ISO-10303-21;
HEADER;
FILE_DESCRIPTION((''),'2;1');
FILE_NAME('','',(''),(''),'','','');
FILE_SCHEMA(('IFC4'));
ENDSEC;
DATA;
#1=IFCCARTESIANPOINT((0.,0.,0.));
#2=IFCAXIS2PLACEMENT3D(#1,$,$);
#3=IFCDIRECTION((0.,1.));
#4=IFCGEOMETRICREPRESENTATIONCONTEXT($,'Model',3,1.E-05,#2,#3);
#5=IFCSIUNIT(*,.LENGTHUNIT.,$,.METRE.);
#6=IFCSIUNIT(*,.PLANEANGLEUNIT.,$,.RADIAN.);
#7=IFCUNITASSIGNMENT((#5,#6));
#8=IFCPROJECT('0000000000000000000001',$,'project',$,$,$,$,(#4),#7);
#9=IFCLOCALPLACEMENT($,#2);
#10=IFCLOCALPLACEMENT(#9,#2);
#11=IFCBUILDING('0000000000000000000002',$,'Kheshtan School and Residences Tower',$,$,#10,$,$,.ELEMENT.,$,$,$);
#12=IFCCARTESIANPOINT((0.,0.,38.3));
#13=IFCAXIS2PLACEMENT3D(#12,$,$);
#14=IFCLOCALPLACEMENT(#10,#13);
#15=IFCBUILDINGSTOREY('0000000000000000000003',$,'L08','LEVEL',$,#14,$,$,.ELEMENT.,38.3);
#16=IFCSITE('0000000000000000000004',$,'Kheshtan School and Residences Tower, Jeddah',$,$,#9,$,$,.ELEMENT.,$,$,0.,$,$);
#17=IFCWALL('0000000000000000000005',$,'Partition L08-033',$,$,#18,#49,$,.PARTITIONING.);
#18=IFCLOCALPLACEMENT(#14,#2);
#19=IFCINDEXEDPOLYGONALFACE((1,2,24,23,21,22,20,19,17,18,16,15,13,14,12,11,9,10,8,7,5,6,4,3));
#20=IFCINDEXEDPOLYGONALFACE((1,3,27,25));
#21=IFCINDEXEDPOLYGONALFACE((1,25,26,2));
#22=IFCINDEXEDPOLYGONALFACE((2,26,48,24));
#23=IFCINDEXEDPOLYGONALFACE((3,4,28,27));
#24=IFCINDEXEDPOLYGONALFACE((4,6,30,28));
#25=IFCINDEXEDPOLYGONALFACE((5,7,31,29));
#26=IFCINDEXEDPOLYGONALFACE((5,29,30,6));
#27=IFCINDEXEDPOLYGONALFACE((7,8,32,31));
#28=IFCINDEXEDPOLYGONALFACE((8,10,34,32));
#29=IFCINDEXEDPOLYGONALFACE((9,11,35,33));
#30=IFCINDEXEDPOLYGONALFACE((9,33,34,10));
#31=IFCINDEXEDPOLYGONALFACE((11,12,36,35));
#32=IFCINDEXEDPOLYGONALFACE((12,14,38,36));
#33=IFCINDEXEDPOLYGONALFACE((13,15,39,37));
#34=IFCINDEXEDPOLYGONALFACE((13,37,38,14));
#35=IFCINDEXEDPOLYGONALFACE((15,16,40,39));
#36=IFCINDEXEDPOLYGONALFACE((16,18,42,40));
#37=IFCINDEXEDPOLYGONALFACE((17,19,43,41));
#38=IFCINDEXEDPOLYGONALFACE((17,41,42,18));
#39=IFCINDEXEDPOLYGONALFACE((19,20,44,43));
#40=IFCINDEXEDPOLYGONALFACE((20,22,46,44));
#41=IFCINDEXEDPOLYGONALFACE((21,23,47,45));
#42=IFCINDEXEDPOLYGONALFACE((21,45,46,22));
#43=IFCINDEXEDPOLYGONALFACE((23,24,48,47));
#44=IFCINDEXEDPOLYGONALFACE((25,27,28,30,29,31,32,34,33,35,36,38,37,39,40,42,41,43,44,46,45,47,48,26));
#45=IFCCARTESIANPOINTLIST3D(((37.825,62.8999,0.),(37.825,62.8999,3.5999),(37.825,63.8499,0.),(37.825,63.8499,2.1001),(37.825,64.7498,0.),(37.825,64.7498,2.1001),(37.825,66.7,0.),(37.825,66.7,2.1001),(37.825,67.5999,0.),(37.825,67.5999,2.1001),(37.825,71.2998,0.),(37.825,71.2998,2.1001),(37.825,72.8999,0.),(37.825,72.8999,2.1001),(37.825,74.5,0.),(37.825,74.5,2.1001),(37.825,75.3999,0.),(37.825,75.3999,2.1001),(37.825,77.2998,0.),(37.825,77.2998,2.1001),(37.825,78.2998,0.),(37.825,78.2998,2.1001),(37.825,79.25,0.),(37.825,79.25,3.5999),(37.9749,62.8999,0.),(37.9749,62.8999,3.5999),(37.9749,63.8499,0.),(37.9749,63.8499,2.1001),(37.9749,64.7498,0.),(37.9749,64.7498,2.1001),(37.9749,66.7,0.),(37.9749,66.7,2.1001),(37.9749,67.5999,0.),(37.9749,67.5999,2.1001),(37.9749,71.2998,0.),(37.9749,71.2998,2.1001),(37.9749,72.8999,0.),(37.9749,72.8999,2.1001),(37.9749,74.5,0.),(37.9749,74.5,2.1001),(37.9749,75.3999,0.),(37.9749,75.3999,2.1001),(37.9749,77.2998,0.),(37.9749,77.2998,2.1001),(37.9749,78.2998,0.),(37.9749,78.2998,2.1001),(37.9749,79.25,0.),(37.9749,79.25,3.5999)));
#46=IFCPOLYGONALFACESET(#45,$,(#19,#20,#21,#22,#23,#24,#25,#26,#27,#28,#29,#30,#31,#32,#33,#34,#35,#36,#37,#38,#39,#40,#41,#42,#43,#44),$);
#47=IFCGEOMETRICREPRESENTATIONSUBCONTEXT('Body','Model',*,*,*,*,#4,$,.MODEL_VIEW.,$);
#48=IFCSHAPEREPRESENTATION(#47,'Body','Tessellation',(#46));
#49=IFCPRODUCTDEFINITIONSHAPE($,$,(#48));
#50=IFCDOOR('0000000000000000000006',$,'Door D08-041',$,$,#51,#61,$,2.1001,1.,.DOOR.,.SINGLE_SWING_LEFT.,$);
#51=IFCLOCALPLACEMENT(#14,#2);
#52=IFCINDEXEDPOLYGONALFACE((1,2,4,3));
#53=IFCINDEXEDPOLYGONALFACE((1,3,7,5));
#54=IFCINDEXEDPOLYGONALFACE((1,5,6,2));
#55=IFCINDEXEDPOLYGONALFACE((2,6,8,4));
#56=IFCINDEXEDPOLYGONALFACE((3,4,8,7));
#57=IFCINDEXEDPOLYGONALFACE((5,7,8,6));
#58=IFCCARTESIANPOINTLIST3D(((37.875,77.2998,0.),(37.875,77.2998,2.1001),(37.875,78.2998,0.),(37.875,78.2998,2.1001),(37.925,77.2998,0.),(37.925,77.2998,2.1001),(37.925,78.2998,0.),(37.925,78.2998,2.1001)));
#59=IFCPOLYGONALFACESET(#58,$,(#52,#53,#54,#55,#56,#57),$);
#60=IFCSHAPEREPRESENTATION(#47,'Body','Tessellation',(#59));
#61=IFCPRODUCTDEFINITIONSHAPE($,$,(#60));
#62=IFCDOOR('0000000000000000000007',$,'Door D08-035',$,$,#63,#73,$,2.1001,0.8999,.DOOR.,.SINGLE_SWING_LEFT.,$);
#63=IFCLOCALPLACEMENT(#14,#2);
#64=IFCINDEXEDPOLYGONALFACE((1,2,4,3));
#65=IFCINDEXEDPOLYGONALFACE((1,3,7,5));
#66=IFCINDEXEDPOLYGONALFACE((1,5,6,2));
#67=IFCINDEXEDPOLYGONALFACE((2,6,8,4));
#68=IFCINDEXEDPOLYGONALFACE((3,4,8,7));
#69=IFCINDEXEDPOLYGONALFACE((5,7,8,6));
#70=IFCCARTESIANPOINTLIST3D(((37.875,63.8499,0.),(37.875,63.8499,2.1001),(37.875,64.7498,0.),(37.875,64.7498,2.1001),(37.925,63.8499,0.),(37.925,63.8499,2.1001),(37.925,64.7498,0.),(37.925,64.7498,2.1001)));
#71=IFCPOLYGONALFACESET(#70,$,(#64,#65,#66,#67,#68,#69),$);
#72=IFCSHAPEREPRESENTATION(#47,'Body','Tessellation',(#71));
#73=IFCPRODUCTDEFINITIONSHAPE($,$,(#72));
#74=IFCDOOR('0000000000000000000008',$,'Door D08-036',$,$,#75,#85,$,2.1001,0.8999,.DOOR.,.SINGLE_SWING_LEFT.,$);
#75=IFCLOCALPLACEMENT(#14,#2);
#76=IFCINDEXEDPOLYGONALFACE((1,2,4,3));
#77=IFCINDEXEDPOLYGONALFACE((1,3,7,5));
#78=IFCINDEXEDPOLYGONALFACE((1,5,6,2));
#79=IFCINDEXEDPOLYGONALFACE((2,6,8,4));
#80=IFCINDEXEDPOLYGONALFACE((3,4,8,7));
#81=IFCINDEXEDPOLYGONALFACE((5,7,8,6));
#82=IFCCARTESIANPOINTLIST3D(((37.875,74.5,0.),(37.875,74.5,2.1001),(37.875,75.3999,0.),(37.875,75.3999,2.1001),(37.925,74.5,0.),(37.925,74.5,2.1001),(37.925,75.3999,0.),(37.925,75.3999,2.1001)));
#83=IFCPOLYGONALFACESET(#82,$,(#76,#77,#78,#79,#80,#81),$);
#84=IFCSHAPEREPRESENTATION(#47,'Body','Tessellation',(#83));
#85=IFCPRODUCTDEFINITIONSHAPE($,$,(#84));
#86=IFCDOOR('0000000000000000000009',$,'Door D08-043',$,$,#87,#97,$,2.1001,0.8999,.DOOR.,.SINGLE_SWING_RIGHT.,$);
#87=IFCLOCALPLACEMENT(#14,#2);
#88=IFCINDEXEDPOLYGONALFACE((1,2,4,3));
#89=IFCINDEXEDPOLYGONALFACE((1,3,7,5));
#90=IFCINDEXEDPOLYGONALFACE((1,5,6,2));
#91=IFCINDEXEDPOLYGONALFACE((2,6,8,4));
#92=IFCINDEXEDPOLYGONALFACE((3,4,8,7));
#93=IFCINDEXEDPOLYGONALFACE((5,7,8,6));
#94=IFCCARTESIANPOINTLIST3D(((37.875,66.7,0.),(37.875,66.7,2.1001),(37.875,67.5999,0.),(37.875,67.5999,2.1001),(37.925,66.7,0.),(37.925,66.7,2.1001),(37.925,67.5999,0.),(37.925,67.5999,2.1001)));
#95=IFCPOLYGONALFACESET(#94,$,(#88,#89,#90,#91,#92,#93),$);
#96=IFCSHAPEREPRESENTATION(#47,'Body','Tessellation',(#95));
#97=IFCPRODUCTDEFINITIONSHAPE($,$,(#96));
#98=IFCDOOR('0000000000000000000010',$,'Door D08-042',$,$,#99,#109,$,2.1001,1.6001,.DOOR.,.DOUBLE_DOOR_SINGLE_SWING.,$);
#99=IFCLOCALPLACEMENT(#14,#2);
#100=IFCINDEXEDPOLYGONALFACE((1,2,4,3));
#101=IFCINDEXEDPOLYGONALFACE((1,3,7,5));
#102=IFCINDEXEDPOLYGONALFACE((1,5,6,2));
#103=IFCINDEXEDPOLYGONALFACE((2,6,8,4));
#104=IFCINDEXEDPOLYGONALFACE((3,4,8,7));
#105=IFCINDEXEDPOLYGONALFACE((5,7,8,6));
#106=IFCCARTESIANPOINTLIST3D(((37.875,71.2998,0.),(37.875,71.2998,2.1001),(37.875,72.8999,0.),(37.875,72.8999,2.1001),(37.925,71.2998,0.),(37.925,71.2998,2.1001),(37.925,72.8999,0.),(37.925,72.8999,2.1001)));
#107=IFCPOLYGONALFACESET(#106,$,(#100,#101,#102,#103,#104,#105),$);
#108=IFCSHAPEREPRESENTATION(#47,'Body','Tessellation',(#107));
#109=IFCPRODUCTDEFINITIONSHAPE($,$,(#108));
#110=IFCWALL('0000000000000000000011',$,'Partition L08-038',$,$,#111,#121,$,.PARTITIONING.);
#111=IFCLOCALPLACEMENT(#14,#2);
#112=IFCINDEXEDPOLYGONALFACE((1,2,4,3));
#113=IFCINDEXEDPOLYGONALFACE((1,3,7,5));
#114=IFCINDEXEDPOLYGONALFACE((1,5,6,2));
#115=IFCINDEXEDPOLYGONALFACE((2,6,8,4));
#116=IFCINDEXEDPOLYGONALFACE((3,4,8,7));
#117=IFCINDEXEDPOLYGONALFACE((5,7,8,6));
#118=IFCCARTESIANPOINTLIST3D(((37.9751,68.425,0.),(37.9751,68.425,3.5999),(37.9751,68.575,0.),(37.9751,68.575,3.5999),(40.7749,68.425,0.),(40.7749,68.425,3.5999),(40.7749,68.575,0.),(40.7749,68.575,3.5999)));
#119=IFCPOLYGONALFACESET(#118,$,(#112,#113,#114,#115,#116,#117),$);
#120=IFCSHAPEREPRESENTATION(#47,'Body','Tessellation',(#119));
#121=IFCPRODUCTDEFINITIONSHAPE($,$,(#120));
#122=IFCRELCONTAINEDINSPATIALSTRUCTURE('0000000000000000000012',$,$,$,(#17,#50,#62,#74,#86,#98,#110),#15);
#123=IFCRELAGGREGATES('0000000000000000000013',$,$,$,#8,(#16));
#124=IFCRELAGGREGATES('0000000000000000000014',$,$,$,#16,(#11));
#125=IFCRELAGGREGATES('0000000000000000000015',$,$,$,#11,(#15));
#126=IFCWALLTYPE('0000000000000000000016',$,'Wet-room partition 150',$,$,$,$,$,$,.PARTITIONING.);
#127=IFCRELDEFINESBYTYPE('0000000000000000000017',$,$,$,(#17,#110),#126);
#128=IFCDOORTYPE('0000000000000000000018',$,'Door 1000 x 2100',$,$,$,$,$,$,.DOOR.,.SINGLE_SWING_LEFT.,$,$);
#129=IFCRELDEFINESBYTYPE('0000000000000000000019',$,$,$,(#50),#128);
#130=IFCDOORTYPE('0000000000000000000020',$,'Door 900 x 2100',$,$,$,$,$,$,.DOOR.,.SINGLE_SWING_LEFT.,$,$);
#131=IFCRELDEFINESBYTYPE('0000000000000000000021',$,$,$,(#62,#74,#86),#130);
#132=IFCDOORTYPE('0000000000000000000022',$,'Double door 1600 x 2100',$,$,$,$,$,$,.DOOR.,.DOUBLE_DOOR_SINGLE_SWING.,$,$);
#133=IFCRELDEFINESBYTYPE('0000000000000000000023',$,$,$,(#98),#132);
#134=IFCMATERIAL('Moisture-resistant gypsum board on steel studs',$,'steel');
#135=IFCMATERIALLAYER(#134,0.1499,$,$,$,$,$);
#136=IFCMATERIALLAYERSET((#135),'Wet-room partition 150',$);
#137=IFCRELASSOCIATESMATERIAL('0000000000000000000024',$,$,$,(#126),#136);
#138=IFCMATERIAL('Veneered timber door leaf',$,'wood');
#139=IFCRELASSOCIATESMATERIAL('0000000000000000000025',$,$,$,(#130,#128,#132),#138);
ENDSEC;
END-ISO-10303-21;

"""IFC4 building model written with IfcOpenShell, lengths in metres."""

from ifc_helpers import new_model, si_unit, direction, frame, frame_2d, origin, place, context, subcontext, project, spatial, rectangle, extrude, source, transform, mapped, material, layer, layer_set, type_object, element, fill, save


model = new_model("IFC4")

# Units and contexts
model_context = context("Model", 3, precision=1e-05, world=origin(), true_north=direction((0.0, 1.0)))
body_context = subcontext(model_context, "Body", "Model", "MODEL_VIEW")
ifc_project = project(units=[si_unit("LENGTHUNIT", "METRE"), si_unit("PLANEANGLEUNIT", "RADIAN")], contexts=[model_context])

# Site, building, storey
site_placement = place(None, origin())
site = spatial("IfcSite", under=ifc_project, at=site_placement, Name="Kheshtan School and Residences Tower, Jeddah", CompositionType="ELEMENT", RefElevation=0.0)
building_placement = place(site_placement, origin())
building = spatial("IfcBuilding", under=site, at=building_placement, Name="Kheshtan School and Residences Tower", CompositionType="ELEMENT")
storey_placement = place(building_placement, frame((0.0, 0.0, 38.3)))
storey = spatial("IfcBuildingStorey", under=building, at=storey_placement, Name="L08", Description="LEVEL", CompositionType="ELEMENT", Elevation=38.3)

# Shared definitions
ifc_material_1 = material(Name="Moisture-resistant gypsum board on steel studs", Category="steel")
ifc_layer_1 = layer(ifc_material_1, 0.1499)
ifc_layer_set_1 = layer_set([ifc_layer_1], Name="Wet-room partition 150")
wall_type_1 = type_object("IfcWallType", Name="Wet-room partition 150", PredefinedType="PARTITIONING", material=ifc_layer_set_1)

# Wall, openings, doors
ifc_material_2 = material(Name="Veneered timber door leaf", Category="wood")
door_type_1 = type_object("IfcDoorType", Name="Door 900 x 2100", OperationType="SINGLE_SWING_LEFT", PredefinedType="DOOR", material=ifc_material_2)
shared_shape_1 = source(origin(), body_context, "Body", "SweptSolid", [
    extrude(rectangle(XDim=0.8999, YDim=2.1001, at=frame_2d((0.45, 1.05))), frame((0.0, 0.0249, 0.0), z_axis=(0.0, -1.0, 0.0), x_axis=(1.0, 0.0, 0.0)), (0.0, 0.0, 1.0), 0.05),
])
wall_1_placement = place(storey_placement, frame((37.8999, 62.8999, 0.0), z_axis=(0.0, 0.0, 1.0), x_axis=(0.0, 1.0, 0.0)))
wall_1 = element("IfcWall", 1, at=wall_1_placement, inside=storey, type_object=wall_type_1, Name="Partition L08-033", PredefinedType="PARTITIONING", context=body_context, shape_type="SweptSolid", body=[
    extrude(rectangle(XDim=16.3501, YDim=0.1499, at=frame_2d((8.175, 0.0))), origin(), (0.0, 0.0, 1.0), 3.5999),
])
opening_1_placement = place(wall_1_placement, frame((0.95, 0.0, 0.0)))
opening_1 = element("IfcOpeningElement", 2, at=opening_1_placement, cuts=wall_1, PredefinedType="OPENING", context=body_context, shape_type="SweptSolid", body=[
    extrude(rectangle(XDim=0.8999, YDim=2.1001, at=frame_2d((0.45, 1.05))), frame((0.0, 0.085, 0.0), z_axis=(0.0, -1.0, 0.0), x_axis=(1.0, 0.0, 0.0)), (0.0, 0.0, 1.0), 0.1699),
])
opening_2_placement = place(wall_1_placement, frame((11.6001, 0.0, 0.0)))
opening_2 = element("IfcOpeningElement", 3, at=opening_2_placement, cuts=wall_1, PredefinedType="OPENING", context=body_context, shape_type="SweptSolid", body=[
    extrude(rectangle(XDim=0.8999, YDim=2.1001, at=frame_2d((0.45, 1.05))), frame((0.0, 0.085, 0.0), z_axis=(0.0, -1.0, 0.0), x_axis=(1.0, 0.0, 0.0)), (0.0, 0.0, 1.0), 0.1699),
])
opening_3_placement = place(wall_1_placement, frame((14.3999, 0.0, 0.0)))
opening_3 = element("IfcOpeningElement", 4, at=opening_3_placement, cuts=wall_1, PredefinedType="OPENING", context=body_context, shape_type="SweptSolid", body=[
    extrude(rectangle(XDim=1.0, YDim=2.1001, at=frame_2d((0.5, 1.05))), frame((0.0, 0.085, 0.0), z_axis=(0.0, -1.0, 0.0), x_axis=(1.0, 0.0, 0.0)), (0.0, 0.0, 1.0), 0.1699),
])
opening_4_placement = place(wall_1_placement, frame((8.3999, 0.0, 0.0)))
opening_4 = element("IfcOpeningElement", 5, at=opening_4_placement, cuts=wall_1, PredefinedType="OPENING", context=body_context, shape_type="SweptSolid", body=[
    extrude(rectangle(XDim=1.6001, YDim=2.1001, at=frame_2d((0.8, 1.05))), frame((0.0, 0.085, 0.0), z_axis=(0.0, -1.0, 0.0), x_axis=(1.0, 0.0, 0.0)), (0.0, 0.0, 1.0), 0.1699),
])
opening_5_placement = place(wall_1_placement, frame((3.8, 0.0, 0.0)))
opening_5 = element("IfcOpeningElement", 6, at=opening_5_placement, cuts=wall_1, PredefinedType="OPENING", context=body_context, shape_type="SweptSolid", body=[
    extrude(rectangle(XDim=0.8999, YDim=2.1001, at=frame_2d((0.45, 1.05))), frame((0.0, 0.085, 0.0), z_axis=(0.0, -1.0, 0.0), x_axis=(1.0, 0.0, 0.0)), (0.0, 0.0, 1.0), 0.1699),
])
door_type_2 = type_object("IfcDoorType", Name="Door 1000 x 2100", OperationType="SINGLE_SWING_LEFT", PredefinedType="DOOR", material=ifc_material_2)
shared_shape_2 = source(origin(), body_context, "Body", "SweptSolid", [
    extrude(rectangle(XDim=1.0, YDim=2.1001, at=frame_2d((0.5, 1.05))), frame((0.0, 0.0249, 0.0), z_axis=(0.0, -1.0, 0.0), x_axis=(1.0, 0.0, 0.0)), (0.0, 0.0, 1.0), 0.05),
])
door_1_placement = place(opening_3_placement, origin())
door_1 = element("IfcDoor", 7, at=door_1_placement, inside=storey, type_object=door_type_2, Name="Door D08-041", OperationType="SINGLE_SWING_LEFT", OverallHeight=2.1001, OverallWidth=1.0, PredefinedType="DOOR", context=body_context, shape_type="MappedRepresentation", body=[
    mapped(shared_shape_2, transform((0.0, 0.0, 0.0), x_axis=(1.0, 0.0, 0.0), y_axis=(0.0, 1.0, 0.0), z_axis=(0.0, 0.0, 1.0), scale=1.0)),
])
fill(opening_3, door_1)
door_2_placement = place(opening_1_placement, origin())
door_2 = element("IfcDoor", 8, at=door_2_placement, inside=storey, type_object=door_type_1, Name="Door D08-035", OperationType="SINGLE_SWING_LEFT", OverallHeight=2.1001, OverallWidth=0.8999, PredefinedType="DOOR", context=body_context, shape_type="MappedRepresentation", body=[
    mapped(shared_shape_1, transform((0.0, 0.0, 0.0), x_axis=(1.0, 0.0, 0.0), y_axis=(0.0, 1.0, 0.0), z_axis=(0.0, 0.0, 1.0), scale=1.0)),
])
fill(opening_1, door_2)
door_3_placement = place(opening_2_placement, origin())
door_3 = element("IfcDoor", 9, at=door_3_placement, inside=storey, type_object=door_type_1, Name="Door D08-036", OperationType="SINGLE_SWING_LEFT", OverallHeight=2.1001, OverallWidth=0.8999, PredefinedType="DOOR", context=body_context, shape_type="MappedRepresentation", body=[
    mapped(shared_shape_1, transform((0.0, 0.0, 0.0), x_axis=(1.0, 0.0, 0.0), y_axis=(0.0, 1.0, 0.0), z_axis=(0.0, 0.0, 1.0), scale=1.0)),
])
fill(opening_2, door_3)
door_4_placement = place(opening_5_placement, origin())
door_4 = element("IfcDoor", 10, at=door_4_placement, inside=storey, type_object=door_type_1, Name="Door D08-043", OperationType="SINGLE_SWING_RIGHT", OverallHeight=2.1001, OverallWidth=0.8999, PredefinedType="DOOR", context=body_context, shape_type="MappedRepresentation", body=[
    mapped(shared_shape_1, transform((0.0, 0.0, 0.0), x_axis=(1.0, 0.0, 0.0), y_axis=(0.0, 1.0, 0.0), z_axis=(0.0, 0.0, 1.0), scale=1.0)),
])
fill(opening_5, door_4)
door_type_3 = type_object("IfcDoorType", Name="Double door 1600 x 2100", OperationType="DOUBLE_DOOR_SINGLE_SWING", PredefinedType="DOOR", material=ifc_material_2)
shared_shape_3 = source(origin(), body_context, "Body", "SweptSolid", [
    extrude(rectangle(XDim=1.6001, YDim=2.1001, at=frame_2d((0.8, 1.05))), frame((0.0, 0.0249, 0.0), z_axis=(0.0, -1.0, 0.0), x_axis=(1.0, 0.0, 0.0)), (0.0, 0.0, 1.0), 0.05),
])
door_5_placement = place(opening_4_placement, origin())
door_5 = element("IfcDoor", 11, at=door_5_placement, inside=storey, type_object=door_type_3, Name="Door D08-042", OperationType="DOUBLE_DOOR_SINGLE_SWING", OverallHeight=2.1001, OverallWidth=1.6001, PredefinedType="DOOR", context=body_context, shape_type="MappedRepresentation", body=[
    mapped(shared_shape_3, transform((0.0, 0.0, 0.0), x_axis=(1.0, 0.0, 0.0), y_axis=(0.0, 1.0, 0.0), z_axis=(0.0, 0.0, 1.0), scale=1.0)),
])
fill(opening_4, door_5)

# Wall
wall_2_placement = place(storey_placement, frame((37.9751, 68.5, 0.0), z_axis=(0.0, 0.0, 1.0), x_axis=(1.0, 0.0, 0.0)))
element("IfcWall", 12, at=wall_2_placement, inside=storey, type_object=wall_type_1, Name="Partition L08-038", PredefinedType="PARTITIONING", context=body_context, shape_type="SweptSolid", body=[
    extrude(rectangle(XDim=2.7998, YDim=0.1499, at=frame_2d((1.3999, 0.0))), origin(), (0.0, 0.0, 1.0), 3.5999),
])

save(model, "model.ifc")
